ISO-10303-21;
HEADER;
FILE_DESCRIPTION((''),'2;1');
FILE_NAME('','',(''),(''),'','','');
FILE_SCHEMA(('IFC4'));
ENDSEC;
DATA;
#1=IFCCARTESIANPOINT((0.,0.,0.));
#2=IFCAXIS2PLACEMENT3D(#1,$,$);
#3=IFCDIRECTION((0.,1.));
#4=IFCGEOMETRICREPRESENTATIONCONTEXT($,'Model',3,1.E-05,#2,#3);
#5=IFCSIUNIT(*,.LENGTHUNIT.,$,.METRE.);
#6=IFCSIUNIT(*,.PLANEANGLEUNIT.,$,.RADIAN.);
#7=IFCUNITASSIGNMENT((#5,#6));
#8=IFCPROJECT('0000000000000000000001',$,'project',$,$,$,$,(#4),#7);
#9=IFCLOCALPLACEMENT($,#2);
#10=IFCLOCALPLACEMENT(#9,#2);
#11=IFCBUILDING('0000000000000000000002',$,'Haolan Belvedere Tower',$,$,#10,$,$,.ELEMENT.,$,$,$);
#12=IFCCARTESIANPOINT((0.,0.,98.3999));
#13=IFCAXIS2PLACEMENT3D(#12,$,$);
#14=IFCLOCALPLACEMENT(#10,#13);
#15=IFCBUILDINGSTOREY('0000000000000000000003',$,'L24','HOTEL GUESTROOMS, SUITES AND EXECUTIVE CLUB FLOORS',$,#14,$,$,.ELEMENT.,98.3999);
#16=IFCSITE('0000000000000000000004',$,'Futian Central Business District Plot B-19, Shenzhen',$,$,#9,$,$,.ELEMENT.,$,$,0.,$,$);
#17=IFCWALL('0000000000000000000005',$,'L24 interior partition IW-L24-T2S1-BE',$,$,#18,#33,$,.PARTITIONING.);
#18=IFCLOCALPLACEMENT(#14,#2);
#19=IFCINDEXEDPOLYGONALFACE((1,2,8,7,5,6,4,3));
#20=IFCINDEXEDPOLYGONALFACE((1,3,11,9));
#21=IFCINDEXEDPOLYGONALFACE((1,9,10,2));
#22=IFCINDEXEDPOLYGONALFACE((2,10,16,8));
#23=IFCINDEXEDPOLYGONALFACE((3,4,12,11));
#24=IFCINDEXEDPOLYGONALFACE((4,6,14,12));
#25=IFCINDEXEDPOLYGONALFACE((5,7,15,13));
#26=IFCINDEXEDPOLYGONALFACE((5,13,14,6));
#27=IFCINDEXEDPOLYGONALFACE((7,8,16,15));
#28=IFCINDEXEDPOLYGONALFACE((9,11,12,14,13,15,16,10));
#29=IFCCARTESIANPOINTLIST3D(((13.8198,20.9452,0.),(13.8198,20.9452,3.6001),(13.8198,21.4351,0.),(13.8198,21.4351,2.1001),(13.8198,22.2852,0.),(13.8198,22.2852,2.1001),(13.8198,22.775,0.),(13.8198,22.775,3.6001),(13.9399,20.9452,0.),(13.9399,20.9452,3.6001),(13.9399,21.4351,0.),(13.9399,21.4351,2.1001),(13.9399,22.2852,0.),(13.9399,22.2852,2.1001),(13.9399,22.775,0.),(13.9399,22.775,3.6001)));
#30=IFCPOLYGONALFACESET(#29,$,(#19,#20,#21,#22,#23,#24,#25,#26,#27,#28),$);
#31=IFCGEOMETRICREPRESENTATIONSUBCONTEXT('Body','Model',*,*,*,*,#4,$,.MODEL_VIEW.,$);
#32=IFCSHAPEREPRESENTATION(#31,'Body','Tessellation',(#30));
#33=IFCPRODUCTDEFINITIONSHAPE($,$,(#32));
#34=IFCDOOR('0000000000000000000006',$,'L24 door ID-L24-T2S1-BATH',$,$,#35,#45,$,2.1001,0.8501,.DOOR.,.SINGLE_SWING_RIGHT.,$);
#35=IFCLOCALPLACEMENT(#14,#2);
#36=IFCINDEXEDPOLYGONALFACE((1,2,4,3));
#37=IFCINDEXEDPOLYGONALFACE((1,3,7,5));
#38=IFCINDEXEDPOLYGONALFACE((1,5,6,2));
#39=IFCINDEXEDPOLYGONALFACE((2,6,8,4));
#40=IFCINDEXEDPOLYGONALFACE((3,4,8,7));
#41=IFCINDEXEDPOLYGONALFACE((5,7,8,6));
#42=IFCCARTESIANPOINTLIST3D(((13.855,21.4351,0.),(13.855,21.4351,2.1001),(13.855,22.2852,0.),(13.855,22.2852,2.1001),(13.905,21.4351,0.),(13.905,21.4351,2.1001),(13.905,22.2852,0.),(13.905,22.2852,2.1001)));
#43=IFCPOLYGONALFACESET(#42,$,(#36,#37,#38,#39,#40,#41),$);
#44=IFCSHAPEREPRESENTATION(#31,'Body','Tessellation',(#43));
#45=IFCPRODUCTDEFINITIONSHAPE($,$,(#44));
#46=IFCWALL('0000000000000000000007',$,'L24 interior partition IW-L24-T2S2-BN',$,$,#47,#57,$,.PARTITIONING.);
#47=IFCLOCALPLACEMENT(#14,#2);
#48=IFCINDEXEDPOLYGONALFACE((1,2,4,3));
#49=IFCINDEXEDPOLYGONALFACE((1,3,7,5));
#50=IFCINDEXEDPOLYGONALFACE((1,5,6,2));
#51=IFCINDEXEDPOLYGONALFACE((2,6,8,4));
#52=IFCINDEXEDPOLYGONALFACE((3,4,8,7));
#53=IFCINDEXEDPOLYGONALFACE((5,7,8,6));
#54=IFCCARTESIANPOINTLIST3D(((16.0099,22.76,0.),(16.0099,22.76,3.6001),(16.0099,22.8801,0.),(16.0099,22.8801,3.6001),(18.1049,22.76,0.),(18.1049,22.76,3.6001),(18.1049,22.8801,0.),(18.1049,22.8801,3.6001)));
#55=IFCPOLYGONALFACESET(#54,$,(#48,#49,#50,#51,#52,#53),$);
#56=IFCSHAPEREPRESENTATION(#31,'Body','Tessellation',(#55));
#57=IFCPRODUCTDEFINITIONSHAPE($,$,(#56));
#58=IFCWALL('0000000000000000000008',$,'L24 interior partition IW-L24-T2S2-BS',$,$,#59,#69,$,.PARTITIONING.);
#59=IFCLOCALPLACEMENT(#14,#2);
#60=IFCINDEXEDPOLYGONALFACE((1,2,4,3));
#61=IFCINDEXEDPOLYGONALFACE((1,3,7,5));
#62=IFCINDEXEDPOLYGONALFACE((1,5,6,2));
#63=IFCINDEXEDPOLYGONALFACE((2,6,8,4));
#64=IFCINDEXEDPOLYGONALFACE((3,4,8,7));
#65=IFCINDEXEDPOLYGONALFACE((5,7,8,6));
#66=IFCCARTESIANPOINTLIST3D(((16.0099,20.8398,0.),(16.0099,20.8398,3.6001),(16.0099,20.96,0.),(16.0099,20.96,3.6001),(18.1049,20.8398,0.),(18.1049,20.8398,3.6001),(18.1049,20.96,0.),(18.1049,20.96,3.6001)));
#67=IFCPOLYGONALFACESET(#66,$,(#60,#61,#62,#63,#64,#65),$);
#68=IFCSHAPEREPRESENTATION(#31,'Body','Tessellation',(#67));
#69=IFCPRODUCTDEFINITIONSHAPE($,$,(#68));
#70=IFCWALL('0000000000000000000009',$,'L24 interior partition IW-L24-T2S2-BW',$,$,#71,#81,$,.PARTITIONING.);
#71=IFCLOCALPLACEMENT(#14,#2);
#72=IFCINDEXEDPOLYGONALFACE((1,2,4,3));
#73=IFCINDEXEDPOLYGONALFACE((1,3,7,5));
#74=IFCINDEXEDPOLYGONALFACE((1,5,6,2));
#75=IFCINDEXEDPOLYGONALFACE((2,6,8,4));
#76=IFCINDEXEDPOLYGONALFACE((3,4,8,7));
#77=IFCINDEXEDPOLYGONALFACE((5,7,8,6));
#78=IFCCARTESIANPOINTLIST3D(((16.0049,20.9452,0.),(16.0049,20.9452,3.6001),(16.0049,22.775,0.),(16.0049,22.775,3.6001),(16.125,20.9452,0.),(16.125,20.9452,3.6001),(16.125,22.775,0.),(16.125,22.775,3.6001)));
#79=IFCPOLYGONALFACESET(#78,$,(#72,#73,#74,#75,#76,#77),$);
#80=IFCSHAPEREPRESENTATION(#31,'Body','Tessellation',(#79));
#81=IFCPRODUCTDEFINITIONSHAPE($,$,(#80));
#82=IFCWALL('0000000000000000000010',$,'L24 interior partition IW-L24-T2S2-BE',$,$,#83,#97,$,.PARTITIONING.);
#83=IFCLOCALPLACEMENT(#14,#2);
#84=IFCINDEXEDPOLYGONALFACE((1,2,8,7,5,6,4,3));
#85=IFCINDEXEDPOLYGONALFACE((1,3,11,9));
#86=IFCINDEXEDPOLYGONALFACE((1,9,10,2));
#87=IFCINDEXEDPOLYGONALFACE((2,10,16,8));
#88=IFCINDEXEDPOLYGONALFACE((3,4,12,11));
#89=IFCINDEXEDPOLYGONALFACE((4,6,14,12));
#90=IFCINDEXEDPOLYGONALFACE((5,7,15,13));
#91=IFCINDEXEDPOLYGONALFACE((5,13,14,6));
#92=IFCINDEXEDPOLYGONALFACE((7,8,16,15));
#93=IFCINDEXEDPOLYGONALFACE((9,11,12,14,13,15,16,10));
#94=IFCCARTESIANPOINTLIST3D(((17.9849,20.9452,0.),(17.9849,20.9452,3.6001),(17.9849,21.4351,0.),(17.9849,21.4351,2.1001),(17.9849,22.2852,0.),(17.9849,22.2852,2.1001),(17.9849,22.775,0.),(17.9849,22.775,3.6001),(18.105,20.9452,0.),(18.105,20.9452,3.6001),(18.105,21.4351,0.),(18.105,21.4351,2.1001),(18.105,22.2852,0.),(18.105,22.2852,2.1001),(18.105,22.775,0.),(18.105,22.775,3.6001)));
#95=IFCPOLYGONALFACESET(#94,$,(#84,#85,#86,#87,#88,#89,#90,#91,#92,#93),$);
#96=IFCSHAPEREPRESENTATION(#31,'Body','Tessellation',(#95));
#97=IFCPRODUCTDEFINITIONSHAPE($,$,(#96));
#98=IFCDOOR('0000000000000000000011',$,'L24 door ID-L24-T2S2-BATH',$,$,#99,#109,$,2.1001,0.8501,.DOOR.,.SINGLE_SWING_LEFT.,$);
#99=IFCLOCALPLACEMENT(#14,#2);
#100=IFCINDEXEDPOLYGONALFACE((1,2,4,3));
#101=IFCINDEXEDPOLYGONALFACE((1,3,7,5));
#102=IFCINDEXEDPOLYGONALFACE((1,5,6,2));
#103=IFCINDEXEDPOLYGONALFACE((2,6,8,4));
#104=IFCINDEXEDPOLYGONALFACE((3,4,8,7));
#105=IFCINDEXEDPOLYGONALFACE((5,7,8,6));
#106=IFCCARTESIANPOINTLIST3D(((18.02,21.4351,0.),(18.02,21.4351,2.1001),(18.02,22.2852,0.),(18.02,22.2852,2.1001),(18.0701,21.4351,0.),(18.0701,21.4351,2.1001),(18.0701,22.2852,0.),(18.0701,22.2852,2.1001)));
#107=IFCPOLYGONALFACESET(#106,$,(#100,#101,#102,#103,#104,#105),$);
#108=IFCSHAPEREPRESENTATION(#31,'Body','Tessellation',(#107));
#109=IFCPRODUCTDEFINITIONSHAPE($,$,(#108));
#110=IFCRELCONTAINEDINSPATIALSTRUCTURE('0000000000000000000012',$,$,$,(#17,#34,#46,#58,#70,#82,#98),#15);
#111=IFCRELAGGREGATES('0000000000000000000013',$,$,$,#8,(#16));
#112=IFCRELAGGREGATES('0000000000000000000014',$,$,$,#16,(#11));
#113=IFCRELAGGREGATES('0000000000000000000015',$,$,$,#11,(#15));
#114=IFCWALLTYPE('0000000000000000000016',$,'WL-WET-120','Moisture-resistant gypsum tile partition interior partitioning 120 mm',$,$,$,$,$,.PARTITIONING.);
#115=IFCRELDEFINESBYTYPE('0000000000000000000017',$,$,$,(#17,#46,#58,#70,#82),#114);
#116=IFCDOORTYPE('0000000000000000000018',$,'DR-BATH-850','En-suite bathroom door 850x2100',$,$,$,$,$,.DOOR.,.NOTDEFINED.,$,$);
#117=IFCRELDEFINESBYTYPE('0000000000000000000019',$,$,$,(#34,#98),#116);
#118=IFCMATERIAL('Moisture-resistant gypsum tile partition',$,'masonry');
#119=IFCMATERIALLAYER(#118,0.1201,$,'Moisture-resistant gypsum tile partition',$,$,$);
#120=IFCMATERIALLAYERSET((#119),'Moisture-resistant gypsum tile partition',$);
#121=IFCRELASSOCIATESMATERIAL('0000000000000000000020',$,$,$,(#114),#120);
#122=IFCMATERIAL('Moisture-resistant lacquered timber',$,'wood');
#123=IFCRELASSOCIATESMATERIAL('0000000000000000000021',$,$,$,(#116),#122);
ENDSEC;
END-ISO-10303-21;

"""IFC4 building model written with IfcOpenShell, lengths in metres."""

from ifc_helpers import new_model, si_unit, direction, frame, frame_2d, origin, place, context, subcontext, project, spatial, rectangle, extrude, material, layer, layer_set, type_object, element, fill, save


model = new_model("IFC4")

# Units and contexts
model_context = context("Model", 3, precision=1e-05, world=origin(), true_north=direction((0.0, 1.0)))
body_context = subcontext(model_context, "Body", "Model", "MODEL_VIEW")
ifc_project = project(units=[si_unit("LENGTHUNIT", "METRE"), si_unit("PLANEANGLEUNIT", "RADIAN")], contexts=[model_context])

# Site, building, storey
site_placement = place(None, origin())
site = spatial("IfcSite", under=ifc_project, at=site_placement, Name="Futian Central Business District Plot B-19, Shenzhen", CompositionType="ELEMENT", RefElevation=0.0)
building_placement = place(site_placement, origin())
building = spatial("IfcBuilding", under=site, at=building_placement, Name="Haolan Belvedere Tower", CompositionType="ELEMENT")
storey_placement = place(building_placement, frame((0.0, 0.0, 98.3999)))
storey = spatial("IfcBuildingStorey", under=building, at=storey_placement, Name="L24", Description="HOTEL GUESTROOMS, SUITES AND EXECUTIVE CLUB FLOORS", CompositionType="ELEMENT", Elevation=98.3999)

# Shared definitions
ifc_material_1 = material(Name="Moisture-resistant gypsum tile partition", Category="masonry")
ifc_layer_1 = layer(ifc_material_1, 0.1201, Name="Moisture-resistant gypsum tile partition")
ifc_layer_set_1 = layer_set([ifc_layer_1], Name="Moisture-resistant gypsum tile partition")
wall_type_1 = type_object("IfcWallType", Name="WL-WET-120", Description="Moisture-resistant gypsum tile partition interior partitioning 120 mm", PredefinedType="PARTITIONING", material=ifc_layer_set_1)

# Wall, opening, door
wall_1_placement = place(storey_placement, frame((13.8799, 20.9451, 0.0), z_axis=(0.0, 0.0, 1.0), x_axis=(0.0, 1.0, 0.0)))
wall_1 = element("IfcWall", 1, at=wall_1_placement, inside=storey, type_object=wall_type_1, Name="L24 interior partition IW-L24-T2S1-BE", PredefinedType="PARTITIONING", context=body_context, shape_type="SweptSolid", body=[
    extrude(rectangle(XDim=1.8298, YDim=0.1201, at=frame_2d((0.915, 0.0))), origin(), (0.0, 0.0, 1.0), 3.6001),
])
opening_1_placement = place(wall_1_placement, frame((0.49, 0.0, 0.0)))
opening_1 = element("IfcOpeningElement", 2, at=opening_1_placement, cuts=wall_1, PredefinedType="OPENING", context=body_context, shape_type="SweptSolid", body=[
    extrude(rectangle(XDim=0.8501, YDim=2.1001, at=frame_2d((0.425, 1.05))), frame((0.0, 0.0701, 0.0), z_axis=(0.0, -1.0, 0.0), x_axis=(1.0, 0.0, 0.0)), (0.0, 0.0, 1.0), 0.1401),
])
ifc_material_2 = material(Name="Moisture-resistant lacquered timber", Category="wood")
door_type_1 = type_object("IfcDoorType", Name="DR-BATH-850", Description="En-suite bathroom door 850x2100", OperationType="NOTDEFINED", PredefinedType="DOOR", material=ifc_material_2)
door_1_placement = place(opening_1_placement, origin())
door_1 = element("IfcDoor", 3, at=door_1_placement, inside=storey, type_object=door_type_1, Name="L24 door ID-L24-T2S1-BATH", OperationType="SINGLE_SWING_RIGHT", OverallHeight=2.1001, OverallWidth=0.8501, PredefinedType="DOOR", context=body_context, shape_type="SweptSolid", body=[
    extrude(rectangle(XDim=0.8501, YDim=2.1001, at=frame_2d((0.425, 1.05))), frame((0.0, 0.0249, 0.0), z_axis=(0.0, -1.0, 0.0), x_axis=(1.0, 0.0, 0.0)), (0.0, 0.0, 1.0), 0.05),
])
fill(opening_1, door_1)

# Walls
for number, where, z_axis, x_axis, name in (
    (4, (16.01, 22.8201, 0.0), (0.0, 0.0, 1.0), (1.0, 0.0, 0.0), "L24 interior partition IW-L24-T2S2-BN"),
    (5, (16.01, 20.8999, 0.0), (0.0, 0.0, 1.0), (1.0, 0.0, 0.0), "L24 interior partition IW-L24-T2S2-BS"),
):
    element("IfcWall", number, at=place(storey_placement, frame(where, z_axis=z_axis, x_axis=x_axis)), inside=storey, type_object=wall_type_1, Name=name, PredefinedType="PARTITIONING", context=body_context, shape_type="SweptSolid", body=[
        extrude(rectangle(XDim=2.095, YDim=0.1201, at=frame_2d((1.0474, 0.0))), origin(), (0.0, 0.0, 1.0), 3.6001),
    ])
wall_2_placement = place(storey_placement, frame((16.0649, 20.9451, 0.0), z_axis=(0.0, 0.0, 1.0), x_axis=(0.0, 1.0, 0.0)))
element("IfcWall", 6, at=wall_2_placement, inside=storey, type_object=wall_type_1, Name="L24 interior partition IW-L24-T2S2-BW", PredefinedType="PARTITIONING", context=body_context, shape_type="SweptSolid", body=[
    extrude(rectangle(XDim=1.8298, YDim=0.1201, at=frame_2d((0.915, 0.0))), origin(), (0.0, 0.0, 1.0), 3.6001),
])

# Wall, opening, door
wall_3_placement = place(storey_placement, frame((18.0449, 20.9451, 0.0), z_axis=(0.0, 0.0, 1.0), x_axis=(0.0, 1.0, 0.0)))
wall_3 = element("IfcWall", 7, at=wall_3_placement, inside=storey, type_object=wall_type_1, Name="L24 interior partition IW-L24-T2S2-BE", PredefinedType="PARTITIONING", context=body_context, shape_type="SweptSolid", body=[
    extrude(rectangle(XDim=1.8298, YDim=0.1201, at=frame_2d((0.915, 0.0))), origin(), (0.0, 0.0, 1.0), 3.6001),
])
opening_2_placement = place(wall_3_placement, frame((0.49, 0.0, 0.0)))
opening_2 = element("IfcOpeningElement", 8, at=opening_2_placement, cuts=wall_3, PredefinedType="OPENING", context=body_context, shape_type="SweptSolid", body=[
    extrude(rectangle(XDim=0.8501, YDim=2.1001, at=frame_2d((0.425, 1.05))), frame((0.0, 0.0701, 0.0), z_axis=(0.0, -1.0, 0.0), x_axis=(1.0, 0.0, 0.0)), (0.0, 0.0, 1.0), 0.1401),
])
door_2_placement = place(opening_2_placement, origin())
door_2 = element("IfcDoor", 9, at=door_2_placement, inside=storey, type_object=door_type_1, Name="L24 door ID-L24-T2S2-BATH", OperationType="SINGLE_SWING_LEFT", OverallHeight=2.1001, OverallWidth=0.8501, PredefinedType="DOOR", context=body_context, shape_type="SweptSolid", body=[
    extrude(rectangle(XDim=0.8501, YDim=2.1001, at=frame_2d((0.425, 1.05))), frame((0.0, 0.0249, 0.0), z_axis=(0.0, -1.0, 0.0), x_axis=(1.0, 0.0, 0.0)), (0.0, 0.0, 1.0), 0.05),
])
fill(opening_2, door_2)

save(model, "model.ifc")
